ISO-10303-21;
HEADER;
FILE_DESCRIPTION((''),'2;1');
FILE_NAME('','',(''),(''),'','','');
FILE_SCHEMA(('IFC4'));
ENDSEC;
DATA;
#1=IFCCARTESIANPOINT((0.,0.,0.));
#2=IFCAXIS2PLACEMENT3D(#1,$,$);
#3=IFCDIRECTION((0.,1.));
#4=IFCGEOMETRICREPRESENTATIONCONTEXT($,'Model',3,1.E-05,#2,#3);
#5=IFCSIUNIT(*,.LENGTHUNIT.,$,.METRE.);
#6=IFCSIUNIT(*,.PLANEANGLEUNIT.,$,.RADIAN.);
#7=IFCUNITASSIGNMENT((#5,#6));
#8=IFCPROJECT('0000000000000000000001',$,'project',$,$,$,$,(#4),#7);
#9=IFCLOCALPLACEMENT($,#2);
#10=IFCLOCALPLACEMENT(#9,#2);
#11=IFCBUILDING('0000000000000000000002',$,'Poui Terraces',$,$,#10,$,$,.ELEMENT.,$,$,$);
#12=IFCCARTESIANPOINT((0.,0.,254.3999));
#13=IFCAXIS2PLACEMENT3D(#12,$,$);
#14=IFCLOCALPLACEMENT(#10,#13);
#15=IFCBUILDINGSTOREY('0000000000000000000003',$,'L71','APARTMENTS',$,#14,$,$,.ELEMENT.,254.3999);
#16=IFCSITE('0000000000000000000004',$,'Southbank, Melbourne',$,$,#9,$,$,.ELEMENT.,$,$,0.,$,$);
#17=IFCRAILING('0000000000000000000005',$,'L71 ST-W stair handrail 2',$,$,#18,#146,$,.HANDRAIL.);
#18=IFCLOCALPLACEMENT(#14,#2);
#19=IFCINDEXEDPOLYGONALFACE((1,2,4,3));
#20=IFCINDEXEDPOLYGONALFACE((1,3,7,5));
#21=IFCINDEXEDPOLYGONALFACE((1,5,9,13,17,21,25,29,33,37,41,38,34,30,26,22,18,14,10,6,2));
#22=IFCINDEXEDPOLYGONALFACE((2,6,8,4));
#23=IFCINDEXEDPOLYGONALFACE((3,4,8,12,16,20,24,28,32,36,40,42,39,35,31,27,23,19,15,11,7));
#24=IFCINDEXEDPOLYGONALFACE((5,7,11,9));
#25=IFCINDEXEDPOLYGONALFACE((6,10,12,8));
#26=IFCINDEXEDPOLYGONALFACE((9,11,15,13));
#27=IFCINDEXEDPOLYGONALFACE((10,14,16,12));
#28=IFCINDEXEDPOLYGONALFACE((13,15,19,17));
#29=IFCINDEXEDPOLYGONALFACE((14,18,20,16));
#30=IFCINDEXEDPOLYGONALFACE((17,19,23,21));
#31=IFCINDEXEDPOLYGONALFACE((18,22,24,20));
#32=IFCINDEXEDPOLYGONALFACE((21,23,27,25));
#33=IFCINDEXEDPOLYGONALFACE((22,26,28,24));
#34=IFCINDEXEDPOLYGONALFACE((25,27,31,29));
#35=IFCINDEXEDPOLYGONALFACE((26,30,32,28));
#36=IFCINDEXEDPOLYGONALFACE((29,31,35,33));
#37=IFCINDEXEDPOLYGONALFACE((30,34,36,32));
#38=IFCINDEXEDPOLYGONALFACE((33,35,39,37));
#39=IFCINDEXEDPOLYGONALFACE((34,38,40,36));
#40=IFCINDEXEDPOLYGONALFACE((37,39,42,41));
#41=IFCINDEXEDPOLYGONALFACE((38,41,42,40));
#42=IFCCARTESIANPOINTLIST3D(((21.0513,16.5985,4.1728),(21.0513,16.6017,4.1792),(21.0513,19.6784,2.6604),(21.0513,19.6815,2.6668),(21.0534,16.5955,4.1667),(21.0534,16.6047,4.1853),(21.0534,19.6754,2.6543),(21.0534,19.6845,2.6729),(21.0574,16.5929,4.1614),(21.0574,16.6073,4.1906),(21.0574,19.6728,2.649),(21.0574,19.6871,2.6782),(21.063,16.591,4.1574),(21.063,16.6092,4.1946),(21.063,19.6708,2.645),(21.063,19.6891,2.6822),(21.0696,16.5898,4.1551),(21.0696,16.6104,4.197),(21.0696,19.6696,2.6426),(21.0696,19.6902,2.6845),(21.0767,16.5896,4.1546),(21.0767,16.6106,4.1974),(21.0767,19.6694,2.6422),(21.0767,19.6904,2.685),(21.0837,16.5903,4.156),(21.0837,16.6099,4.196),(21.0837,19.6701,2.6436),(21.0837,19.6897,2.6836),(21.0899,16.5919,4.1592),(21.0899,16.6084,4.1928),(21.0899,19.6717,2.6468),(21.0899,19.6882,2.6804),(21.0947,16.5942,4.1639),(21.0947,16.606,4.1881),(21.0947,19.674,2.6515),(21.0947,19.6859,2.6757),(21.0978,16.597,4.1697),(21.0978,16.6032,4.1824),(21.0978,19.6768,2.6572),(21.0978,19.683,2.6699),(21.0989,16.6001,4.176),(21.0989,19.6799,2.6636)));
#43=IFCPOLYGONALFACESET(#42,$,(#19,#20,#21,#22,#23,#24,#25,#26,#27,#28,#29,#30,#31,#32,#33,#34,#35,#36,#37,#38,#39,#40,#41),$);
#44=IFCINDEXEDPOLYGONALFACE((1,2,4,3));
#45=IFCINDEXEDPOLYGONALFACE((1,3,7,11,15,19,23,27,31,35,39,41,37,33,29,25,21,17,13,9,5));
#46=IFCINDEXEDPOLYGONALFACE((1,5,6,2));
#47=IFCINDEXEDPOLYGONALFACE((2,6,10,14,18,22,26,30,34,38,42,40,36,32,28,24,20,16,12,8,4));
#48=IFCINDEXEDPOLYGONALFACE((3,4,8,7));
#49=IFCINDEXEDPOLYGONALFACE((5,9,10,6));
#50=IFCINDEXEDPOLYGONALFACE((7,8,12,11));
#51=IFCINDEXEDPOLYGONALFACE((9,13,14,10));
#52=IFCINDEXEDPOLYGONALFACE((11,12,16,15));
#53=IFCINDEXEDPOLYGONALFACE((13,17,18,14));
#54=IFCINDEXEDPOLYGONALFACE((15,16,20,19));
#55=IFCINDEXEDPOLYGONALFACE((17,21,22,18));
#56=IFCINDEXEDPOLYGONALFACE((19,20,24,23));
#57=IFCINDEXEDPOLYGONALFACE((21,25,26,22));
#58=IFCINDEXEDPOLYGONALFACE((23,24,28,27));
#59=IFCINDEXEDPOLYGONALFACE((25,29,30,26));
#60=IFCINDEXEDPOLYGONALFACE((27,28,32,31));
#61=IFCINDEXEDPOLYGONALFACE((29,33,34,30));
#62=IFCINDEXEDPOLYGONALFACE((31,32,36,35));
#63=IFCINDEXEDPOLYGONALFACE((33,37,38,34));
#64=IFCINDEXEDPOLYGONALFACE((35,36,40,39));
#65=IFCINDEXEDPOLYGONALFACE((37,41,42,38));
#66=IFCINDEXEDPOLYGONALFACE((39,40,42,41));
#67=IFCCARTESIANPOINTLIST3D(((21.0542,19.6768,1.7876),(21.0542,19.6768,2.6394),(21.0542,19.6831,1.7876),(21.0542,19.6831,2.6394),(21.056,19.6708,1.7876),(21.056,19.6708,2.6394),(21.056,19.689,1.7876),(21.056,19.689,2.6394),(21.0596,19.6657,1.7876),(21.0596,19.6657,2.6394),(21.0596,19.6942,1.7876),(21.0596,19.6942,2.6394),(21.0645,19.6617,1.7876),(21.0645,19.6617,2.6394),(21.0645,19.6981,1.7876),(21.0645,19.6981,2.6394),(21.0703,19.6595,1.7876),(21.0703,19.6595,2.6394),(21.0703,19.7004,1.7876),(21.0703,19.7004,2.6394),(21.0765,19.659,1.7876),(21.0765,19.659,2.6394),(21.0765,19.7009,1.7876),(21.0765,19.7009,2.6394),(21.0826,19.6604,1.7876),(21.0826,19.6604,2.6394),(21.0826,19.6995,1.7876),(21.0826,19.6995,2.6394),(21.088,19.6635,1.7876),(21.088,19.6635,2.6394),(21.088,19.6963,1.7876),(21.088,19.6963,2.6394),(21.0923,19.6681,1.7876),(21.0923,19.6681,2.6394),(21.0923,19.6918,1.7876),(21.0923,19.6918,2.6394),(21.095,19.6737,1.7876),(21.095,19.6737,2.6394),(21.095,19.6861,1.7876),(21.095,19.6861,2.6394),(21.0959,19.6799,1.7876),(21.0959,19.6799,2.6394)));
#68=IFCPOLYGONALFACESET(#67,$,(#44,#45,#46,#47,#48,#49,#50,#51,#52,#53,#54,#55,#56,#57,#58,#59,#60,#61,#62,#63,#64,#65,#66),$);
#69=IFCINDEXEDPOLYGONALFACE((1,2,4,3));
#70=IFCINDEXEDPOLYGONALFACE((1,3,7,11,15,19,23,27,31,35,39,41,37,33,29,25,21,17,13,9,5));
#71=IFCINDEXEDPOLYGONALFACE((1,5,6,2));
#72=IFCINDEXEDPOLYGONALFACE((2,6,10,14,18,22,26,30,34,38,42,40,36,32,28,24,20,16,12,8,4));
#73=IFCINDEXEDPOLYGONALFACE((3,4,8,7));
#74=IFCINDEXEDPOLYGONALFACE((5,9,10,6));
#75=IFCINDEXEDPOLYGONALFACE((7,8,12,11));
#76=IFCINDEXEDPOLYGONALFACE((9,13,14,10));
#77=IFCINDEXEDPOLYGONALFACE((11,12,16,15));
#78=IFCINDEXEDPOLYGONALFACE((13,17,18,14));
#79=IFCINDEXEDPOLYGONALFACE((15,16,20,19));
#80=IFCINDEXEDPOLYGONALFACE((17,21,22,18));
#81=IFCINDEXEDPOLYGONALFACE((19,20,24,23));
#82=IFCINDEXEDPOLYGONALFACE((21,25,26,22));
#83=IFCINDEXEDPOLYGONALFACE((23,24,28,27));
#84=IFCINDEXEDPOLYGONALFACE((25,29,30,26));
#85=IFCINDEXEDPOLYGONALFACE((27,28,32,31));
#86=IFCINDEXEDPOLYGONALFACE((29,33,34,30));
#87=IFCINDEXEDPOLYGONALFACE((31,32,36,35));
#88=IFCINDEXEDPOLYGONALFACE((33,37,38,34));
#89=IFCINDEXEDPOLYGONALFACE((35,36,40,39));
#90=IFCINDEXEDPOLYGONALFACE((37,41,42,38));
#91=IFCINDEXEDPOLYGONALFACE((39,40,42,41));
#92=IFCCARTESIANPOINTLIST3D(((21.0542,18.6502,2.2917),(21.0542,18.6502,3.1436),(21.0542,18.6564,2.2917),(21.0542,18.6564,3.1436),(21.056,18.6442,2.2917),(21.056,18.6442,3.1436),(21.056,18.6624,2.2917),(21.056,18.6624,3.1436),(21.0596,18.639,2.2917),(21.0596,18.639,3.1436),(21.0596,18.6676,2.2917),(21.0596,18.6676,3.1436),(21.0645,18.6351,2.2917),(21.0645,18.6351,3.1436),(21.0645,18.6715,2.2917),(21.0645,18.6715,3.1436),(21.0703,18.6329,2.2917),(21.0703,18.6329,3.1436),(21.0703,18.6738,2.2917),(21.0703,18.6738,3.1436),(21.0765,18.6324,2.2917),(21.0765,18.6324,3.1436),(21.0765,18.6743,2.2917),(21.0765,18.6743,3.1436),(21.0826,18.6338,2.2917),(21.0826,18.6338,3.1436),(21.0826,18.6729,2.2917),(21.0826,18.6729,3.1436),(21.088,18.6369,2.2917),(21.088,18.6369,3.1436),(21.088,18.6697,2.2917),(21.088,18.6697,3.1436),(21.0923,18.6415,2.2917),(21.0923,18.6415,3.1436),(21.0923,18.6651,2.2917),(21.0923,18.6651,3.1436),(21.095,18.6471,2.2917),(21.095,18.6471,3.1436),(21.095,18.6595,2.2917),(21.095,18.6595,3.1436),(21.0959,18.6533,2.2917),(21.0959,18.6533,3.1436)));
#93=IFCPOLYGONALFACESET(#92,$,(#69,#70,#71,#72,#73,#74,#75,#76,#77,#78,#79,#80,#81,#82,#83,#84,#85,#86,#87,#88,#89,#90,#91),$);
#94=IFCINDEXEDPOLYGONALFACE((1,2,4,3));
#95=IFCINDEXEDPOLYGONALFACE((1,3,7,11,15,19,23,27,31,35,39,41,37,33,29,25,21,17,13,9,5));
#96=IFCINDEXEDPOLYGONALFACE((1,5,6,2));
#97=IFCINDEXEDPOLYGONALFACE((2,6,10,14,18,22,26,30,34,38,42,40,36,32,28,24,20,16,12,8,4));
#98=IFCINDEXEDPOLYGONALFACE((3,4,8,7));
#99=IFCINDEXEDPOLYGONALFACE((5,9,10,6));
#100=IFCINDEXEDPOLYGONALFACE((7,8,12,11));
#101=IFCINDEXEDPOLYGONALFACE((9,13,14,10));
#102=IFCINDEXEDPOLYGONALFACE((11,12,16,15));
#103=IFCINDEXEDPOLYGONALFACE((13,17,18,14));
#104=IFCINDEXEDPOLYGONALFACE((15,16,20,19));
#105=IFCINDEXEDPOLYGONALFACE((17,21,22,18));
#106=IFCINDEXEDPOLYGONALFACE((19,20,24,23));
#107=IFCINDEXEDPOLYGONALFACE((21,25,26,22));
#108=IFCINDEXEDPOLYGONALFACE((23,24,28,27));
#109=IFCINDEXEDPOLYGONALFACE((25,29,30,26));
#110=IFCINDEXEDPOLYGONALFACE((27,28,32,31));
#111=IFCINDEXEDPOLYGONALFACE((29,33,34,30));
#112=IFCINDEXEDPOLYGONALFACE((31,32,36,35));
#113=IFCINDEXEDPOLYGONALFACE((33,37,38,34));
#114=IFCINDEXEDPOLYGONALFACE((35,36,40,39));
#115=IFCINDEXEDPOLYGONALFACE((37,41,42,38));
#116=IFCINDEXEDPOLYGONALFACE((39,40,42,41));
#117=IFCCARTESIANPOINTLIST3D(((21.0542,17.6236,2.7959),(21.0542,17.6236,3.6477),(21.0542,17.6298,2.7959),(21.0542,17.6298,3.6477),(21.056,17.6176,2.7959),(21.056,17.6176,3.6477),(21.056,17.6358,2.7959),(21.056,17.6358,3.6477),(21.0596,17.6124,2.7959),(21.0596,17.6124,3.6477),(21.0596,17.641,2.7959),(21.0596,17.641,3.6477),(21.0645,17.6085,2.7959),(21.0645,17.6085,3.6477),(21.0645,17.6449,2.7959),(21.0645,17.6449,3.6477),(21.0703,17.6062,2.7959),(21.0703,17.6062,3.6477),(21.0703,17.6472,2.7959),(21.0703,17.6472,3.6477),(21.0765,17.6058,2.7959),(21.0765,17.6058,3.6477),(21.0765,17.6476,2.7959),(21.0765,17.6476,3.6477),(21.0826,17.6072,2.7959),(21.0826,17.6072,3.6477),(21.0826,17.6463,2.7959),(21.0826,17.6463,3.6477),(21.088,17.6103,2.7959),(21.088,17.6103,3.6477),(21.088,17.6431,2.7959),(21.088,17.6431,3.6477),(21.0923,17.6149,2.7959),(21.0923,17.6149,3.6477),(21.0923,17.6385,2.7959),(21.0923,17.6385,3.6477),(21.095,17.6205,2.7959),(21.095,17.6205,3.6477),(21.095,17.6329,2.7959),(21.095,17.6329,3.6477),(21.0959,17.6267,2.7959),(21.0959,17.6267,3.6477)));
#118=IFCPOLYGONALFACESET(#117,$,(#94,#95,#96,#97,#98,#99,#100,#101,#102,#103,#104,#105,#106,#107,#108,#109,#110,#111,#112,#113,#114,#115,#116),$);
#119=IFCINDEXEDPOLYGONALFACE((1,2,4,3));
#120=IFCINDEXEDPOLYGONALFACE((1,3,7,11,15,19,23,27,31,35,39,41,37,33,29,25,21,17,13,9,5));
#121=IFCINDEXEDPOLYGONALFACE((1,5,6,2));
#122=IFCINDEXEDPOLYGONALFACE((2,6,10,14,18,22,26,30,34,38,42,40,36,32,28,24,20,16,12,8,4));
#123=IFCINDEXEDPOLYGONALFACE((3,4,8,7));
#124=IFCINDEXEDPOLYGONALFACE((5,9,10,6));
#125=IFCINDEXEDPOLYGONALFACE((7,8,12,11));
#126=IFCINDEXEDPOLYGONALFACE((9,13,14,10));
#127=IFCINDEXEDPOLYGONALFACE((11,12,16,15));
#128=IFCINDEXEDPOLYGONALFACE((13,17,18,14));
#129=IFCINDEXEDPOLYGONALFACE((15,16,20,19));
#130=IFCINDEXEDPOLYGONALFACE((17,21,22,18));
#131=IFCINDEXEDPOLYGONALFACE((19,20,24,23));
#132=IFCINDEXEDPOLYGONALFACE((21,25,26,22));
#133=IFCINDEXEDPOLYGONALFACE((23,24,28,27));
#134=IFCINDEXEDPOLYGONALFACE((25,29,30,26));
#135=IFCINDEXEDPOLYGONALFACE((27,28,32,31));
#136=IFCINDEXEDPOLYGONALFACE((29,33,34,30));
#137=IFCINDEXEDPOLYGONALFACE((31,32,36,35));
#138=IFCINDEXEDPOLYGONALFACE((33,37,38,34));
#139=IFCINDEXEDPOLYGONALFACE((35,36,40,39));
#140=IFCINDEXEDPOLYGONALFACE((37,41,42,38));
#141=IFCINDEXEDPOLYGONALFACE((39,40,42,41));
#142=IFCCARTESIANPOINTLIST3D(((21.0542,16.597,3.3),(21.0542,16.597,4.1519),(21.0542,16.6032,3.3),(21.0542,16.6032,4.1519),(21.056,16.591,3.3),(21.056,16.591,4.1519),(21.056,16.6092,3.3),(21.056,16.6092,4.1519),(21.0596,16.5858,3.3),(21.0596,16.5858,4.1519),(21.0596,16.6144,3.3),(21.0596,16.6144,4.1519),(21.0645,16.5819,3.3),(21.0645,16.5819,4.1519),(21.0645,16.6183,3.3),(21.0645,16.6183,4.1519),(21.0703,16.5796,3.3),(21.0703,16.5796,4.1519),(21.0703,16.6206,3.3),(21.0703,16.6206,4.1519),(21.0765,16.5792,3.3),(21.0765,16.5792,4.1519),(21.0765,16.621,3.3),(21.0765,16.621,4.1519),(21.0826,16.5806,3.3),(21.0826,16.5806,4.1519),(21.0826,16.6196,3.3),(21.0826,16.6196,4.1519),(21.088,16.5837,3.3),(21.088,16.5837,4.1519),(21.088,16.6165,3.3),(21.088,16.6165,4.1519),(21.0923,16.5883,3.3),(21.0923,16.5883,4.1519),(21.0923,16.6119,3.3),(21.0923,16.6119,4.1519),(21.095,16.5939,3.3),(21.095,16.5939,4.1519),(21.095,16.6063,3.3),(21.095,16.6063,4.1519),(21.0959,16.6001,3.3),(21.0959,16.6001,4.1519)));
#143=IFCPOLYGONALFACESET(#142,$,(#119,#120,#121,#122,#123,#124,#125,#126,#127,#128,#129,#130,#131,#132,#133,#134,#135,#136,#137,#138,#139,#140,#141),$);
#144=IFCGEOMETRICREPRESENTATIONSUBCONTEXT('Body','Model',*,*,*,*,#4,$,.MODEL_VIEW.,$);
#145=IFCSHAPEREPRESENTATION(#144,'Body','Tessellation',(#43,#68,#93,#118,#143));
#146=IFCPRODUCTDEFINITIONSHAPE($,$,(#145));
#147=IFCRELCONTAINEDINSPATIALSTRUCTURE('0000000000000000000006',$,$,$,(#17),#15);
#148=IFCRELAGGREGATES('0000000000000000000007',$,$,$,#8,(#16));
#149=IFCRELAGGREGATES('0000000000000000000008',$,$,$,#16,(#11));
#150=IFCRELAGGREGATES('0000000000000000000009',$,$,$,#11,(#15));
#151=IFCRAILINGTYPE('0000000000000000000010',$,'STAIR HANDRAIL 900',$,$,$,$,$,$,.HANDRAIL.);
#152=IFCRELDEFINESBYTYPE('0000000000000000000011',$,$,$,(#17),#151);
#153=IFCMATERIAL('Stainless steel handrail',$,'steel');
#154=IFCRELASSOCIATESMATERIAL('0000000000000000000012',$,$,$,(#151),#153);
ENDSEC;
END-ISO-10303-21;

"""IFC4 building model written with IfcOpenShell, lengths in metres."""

from ifc_helpers import new_model, si_unit, direction, frame, origin, origin_2d, place, context, subcontext, project, spatial, circle, extrude, material, type_object, element, save


model = new_model("IFC4")

# Units and contexts
model_context = context("Model", 3, precision=1e-05, world=origin(), true_north=direction((0.0, 1.0)))
body_context = subcontext(model_context, "Body", "Model", "MODEL_VIEW")
ifc_project = project(units=[si_unit("LENGTHUNIT", "METRE"), si_unit("PLANEANGLEUNIT", "RADIAN")], contexts=[model_context])

# Site, building, storey
site_placement = place(None, origin())
site = spatial("IfcSite", under=ifc_project, at=site_placement, Name="Southbank, Melbourne", CompositionType="ELEMENT", RefElevation=0.0)
building_placement = place(site_placement, origin())
building = spatial("IfcBuilding", under=site, at=building_placement, Name="Poui Terraces", CompositionType="ELEMENT")
storey_placement = place(building_placement, frame((0.0, 0.0, 254.3999)))
storey = spatial("IfcBuildingStorey", under=building, at=storey_placement, Name="L71", Description="APARTMENTS", CompositionType="ELEMENT", Elevation=254.3999)

# Railing
ifc_material_1 = material(Name="Stainless steel handrail", Category="steel")
railing_type_1 = type_object("IfcRailingType", Name="STAIR HANDRAIL 900", PredefinedType="HANDRAIL", material=ifc_material_1)
railing_1_placement = place(storey_placement, frame((21.075, 19.6799, 1.7876)))
element("IfcRailing", 1, at=railing_1_placement, inside=storey, type_object=railing_type_1, Name="L71 ST-W stair handrail 2", PredefinedType="HANDRAIL", context=body_context, shape_type="SweptSolid", body=[
    extrude(circle(Radius=0.0239, at=origin_2d()), frame((0.0, 0.0, 0.876), z_axis=(0.0, -0.897606, 0.440798), x_axis=(1.0, 0.0, 0.0)), (0.0, 0.0, 1.0), 3.4312),
    extrude(circle(Radius=0.021, at=origin_2d()), origin(), (0.0, 0.0, 1.0), 0.8518),
    extrude(circle(Radius=0.021, at=origin_2d()), frame((0.0, -1.0266, 0.5042)), (0.0, 0.0, 1.0), 0.8518),
    extrude(circle(Radius=0.021, at=origin_2d()), frame((0.0, -2.0532, 1.0083)), (0.0, 0.0, 1.0), 0.8518),
    extrude(circle(Radius=0.021, at=origin_2d()), frame((0.0, -3.0798, 1.5125)), (0.0, 0.0, 1.0), 0.8518),
])

save(model, "model.ifc")
